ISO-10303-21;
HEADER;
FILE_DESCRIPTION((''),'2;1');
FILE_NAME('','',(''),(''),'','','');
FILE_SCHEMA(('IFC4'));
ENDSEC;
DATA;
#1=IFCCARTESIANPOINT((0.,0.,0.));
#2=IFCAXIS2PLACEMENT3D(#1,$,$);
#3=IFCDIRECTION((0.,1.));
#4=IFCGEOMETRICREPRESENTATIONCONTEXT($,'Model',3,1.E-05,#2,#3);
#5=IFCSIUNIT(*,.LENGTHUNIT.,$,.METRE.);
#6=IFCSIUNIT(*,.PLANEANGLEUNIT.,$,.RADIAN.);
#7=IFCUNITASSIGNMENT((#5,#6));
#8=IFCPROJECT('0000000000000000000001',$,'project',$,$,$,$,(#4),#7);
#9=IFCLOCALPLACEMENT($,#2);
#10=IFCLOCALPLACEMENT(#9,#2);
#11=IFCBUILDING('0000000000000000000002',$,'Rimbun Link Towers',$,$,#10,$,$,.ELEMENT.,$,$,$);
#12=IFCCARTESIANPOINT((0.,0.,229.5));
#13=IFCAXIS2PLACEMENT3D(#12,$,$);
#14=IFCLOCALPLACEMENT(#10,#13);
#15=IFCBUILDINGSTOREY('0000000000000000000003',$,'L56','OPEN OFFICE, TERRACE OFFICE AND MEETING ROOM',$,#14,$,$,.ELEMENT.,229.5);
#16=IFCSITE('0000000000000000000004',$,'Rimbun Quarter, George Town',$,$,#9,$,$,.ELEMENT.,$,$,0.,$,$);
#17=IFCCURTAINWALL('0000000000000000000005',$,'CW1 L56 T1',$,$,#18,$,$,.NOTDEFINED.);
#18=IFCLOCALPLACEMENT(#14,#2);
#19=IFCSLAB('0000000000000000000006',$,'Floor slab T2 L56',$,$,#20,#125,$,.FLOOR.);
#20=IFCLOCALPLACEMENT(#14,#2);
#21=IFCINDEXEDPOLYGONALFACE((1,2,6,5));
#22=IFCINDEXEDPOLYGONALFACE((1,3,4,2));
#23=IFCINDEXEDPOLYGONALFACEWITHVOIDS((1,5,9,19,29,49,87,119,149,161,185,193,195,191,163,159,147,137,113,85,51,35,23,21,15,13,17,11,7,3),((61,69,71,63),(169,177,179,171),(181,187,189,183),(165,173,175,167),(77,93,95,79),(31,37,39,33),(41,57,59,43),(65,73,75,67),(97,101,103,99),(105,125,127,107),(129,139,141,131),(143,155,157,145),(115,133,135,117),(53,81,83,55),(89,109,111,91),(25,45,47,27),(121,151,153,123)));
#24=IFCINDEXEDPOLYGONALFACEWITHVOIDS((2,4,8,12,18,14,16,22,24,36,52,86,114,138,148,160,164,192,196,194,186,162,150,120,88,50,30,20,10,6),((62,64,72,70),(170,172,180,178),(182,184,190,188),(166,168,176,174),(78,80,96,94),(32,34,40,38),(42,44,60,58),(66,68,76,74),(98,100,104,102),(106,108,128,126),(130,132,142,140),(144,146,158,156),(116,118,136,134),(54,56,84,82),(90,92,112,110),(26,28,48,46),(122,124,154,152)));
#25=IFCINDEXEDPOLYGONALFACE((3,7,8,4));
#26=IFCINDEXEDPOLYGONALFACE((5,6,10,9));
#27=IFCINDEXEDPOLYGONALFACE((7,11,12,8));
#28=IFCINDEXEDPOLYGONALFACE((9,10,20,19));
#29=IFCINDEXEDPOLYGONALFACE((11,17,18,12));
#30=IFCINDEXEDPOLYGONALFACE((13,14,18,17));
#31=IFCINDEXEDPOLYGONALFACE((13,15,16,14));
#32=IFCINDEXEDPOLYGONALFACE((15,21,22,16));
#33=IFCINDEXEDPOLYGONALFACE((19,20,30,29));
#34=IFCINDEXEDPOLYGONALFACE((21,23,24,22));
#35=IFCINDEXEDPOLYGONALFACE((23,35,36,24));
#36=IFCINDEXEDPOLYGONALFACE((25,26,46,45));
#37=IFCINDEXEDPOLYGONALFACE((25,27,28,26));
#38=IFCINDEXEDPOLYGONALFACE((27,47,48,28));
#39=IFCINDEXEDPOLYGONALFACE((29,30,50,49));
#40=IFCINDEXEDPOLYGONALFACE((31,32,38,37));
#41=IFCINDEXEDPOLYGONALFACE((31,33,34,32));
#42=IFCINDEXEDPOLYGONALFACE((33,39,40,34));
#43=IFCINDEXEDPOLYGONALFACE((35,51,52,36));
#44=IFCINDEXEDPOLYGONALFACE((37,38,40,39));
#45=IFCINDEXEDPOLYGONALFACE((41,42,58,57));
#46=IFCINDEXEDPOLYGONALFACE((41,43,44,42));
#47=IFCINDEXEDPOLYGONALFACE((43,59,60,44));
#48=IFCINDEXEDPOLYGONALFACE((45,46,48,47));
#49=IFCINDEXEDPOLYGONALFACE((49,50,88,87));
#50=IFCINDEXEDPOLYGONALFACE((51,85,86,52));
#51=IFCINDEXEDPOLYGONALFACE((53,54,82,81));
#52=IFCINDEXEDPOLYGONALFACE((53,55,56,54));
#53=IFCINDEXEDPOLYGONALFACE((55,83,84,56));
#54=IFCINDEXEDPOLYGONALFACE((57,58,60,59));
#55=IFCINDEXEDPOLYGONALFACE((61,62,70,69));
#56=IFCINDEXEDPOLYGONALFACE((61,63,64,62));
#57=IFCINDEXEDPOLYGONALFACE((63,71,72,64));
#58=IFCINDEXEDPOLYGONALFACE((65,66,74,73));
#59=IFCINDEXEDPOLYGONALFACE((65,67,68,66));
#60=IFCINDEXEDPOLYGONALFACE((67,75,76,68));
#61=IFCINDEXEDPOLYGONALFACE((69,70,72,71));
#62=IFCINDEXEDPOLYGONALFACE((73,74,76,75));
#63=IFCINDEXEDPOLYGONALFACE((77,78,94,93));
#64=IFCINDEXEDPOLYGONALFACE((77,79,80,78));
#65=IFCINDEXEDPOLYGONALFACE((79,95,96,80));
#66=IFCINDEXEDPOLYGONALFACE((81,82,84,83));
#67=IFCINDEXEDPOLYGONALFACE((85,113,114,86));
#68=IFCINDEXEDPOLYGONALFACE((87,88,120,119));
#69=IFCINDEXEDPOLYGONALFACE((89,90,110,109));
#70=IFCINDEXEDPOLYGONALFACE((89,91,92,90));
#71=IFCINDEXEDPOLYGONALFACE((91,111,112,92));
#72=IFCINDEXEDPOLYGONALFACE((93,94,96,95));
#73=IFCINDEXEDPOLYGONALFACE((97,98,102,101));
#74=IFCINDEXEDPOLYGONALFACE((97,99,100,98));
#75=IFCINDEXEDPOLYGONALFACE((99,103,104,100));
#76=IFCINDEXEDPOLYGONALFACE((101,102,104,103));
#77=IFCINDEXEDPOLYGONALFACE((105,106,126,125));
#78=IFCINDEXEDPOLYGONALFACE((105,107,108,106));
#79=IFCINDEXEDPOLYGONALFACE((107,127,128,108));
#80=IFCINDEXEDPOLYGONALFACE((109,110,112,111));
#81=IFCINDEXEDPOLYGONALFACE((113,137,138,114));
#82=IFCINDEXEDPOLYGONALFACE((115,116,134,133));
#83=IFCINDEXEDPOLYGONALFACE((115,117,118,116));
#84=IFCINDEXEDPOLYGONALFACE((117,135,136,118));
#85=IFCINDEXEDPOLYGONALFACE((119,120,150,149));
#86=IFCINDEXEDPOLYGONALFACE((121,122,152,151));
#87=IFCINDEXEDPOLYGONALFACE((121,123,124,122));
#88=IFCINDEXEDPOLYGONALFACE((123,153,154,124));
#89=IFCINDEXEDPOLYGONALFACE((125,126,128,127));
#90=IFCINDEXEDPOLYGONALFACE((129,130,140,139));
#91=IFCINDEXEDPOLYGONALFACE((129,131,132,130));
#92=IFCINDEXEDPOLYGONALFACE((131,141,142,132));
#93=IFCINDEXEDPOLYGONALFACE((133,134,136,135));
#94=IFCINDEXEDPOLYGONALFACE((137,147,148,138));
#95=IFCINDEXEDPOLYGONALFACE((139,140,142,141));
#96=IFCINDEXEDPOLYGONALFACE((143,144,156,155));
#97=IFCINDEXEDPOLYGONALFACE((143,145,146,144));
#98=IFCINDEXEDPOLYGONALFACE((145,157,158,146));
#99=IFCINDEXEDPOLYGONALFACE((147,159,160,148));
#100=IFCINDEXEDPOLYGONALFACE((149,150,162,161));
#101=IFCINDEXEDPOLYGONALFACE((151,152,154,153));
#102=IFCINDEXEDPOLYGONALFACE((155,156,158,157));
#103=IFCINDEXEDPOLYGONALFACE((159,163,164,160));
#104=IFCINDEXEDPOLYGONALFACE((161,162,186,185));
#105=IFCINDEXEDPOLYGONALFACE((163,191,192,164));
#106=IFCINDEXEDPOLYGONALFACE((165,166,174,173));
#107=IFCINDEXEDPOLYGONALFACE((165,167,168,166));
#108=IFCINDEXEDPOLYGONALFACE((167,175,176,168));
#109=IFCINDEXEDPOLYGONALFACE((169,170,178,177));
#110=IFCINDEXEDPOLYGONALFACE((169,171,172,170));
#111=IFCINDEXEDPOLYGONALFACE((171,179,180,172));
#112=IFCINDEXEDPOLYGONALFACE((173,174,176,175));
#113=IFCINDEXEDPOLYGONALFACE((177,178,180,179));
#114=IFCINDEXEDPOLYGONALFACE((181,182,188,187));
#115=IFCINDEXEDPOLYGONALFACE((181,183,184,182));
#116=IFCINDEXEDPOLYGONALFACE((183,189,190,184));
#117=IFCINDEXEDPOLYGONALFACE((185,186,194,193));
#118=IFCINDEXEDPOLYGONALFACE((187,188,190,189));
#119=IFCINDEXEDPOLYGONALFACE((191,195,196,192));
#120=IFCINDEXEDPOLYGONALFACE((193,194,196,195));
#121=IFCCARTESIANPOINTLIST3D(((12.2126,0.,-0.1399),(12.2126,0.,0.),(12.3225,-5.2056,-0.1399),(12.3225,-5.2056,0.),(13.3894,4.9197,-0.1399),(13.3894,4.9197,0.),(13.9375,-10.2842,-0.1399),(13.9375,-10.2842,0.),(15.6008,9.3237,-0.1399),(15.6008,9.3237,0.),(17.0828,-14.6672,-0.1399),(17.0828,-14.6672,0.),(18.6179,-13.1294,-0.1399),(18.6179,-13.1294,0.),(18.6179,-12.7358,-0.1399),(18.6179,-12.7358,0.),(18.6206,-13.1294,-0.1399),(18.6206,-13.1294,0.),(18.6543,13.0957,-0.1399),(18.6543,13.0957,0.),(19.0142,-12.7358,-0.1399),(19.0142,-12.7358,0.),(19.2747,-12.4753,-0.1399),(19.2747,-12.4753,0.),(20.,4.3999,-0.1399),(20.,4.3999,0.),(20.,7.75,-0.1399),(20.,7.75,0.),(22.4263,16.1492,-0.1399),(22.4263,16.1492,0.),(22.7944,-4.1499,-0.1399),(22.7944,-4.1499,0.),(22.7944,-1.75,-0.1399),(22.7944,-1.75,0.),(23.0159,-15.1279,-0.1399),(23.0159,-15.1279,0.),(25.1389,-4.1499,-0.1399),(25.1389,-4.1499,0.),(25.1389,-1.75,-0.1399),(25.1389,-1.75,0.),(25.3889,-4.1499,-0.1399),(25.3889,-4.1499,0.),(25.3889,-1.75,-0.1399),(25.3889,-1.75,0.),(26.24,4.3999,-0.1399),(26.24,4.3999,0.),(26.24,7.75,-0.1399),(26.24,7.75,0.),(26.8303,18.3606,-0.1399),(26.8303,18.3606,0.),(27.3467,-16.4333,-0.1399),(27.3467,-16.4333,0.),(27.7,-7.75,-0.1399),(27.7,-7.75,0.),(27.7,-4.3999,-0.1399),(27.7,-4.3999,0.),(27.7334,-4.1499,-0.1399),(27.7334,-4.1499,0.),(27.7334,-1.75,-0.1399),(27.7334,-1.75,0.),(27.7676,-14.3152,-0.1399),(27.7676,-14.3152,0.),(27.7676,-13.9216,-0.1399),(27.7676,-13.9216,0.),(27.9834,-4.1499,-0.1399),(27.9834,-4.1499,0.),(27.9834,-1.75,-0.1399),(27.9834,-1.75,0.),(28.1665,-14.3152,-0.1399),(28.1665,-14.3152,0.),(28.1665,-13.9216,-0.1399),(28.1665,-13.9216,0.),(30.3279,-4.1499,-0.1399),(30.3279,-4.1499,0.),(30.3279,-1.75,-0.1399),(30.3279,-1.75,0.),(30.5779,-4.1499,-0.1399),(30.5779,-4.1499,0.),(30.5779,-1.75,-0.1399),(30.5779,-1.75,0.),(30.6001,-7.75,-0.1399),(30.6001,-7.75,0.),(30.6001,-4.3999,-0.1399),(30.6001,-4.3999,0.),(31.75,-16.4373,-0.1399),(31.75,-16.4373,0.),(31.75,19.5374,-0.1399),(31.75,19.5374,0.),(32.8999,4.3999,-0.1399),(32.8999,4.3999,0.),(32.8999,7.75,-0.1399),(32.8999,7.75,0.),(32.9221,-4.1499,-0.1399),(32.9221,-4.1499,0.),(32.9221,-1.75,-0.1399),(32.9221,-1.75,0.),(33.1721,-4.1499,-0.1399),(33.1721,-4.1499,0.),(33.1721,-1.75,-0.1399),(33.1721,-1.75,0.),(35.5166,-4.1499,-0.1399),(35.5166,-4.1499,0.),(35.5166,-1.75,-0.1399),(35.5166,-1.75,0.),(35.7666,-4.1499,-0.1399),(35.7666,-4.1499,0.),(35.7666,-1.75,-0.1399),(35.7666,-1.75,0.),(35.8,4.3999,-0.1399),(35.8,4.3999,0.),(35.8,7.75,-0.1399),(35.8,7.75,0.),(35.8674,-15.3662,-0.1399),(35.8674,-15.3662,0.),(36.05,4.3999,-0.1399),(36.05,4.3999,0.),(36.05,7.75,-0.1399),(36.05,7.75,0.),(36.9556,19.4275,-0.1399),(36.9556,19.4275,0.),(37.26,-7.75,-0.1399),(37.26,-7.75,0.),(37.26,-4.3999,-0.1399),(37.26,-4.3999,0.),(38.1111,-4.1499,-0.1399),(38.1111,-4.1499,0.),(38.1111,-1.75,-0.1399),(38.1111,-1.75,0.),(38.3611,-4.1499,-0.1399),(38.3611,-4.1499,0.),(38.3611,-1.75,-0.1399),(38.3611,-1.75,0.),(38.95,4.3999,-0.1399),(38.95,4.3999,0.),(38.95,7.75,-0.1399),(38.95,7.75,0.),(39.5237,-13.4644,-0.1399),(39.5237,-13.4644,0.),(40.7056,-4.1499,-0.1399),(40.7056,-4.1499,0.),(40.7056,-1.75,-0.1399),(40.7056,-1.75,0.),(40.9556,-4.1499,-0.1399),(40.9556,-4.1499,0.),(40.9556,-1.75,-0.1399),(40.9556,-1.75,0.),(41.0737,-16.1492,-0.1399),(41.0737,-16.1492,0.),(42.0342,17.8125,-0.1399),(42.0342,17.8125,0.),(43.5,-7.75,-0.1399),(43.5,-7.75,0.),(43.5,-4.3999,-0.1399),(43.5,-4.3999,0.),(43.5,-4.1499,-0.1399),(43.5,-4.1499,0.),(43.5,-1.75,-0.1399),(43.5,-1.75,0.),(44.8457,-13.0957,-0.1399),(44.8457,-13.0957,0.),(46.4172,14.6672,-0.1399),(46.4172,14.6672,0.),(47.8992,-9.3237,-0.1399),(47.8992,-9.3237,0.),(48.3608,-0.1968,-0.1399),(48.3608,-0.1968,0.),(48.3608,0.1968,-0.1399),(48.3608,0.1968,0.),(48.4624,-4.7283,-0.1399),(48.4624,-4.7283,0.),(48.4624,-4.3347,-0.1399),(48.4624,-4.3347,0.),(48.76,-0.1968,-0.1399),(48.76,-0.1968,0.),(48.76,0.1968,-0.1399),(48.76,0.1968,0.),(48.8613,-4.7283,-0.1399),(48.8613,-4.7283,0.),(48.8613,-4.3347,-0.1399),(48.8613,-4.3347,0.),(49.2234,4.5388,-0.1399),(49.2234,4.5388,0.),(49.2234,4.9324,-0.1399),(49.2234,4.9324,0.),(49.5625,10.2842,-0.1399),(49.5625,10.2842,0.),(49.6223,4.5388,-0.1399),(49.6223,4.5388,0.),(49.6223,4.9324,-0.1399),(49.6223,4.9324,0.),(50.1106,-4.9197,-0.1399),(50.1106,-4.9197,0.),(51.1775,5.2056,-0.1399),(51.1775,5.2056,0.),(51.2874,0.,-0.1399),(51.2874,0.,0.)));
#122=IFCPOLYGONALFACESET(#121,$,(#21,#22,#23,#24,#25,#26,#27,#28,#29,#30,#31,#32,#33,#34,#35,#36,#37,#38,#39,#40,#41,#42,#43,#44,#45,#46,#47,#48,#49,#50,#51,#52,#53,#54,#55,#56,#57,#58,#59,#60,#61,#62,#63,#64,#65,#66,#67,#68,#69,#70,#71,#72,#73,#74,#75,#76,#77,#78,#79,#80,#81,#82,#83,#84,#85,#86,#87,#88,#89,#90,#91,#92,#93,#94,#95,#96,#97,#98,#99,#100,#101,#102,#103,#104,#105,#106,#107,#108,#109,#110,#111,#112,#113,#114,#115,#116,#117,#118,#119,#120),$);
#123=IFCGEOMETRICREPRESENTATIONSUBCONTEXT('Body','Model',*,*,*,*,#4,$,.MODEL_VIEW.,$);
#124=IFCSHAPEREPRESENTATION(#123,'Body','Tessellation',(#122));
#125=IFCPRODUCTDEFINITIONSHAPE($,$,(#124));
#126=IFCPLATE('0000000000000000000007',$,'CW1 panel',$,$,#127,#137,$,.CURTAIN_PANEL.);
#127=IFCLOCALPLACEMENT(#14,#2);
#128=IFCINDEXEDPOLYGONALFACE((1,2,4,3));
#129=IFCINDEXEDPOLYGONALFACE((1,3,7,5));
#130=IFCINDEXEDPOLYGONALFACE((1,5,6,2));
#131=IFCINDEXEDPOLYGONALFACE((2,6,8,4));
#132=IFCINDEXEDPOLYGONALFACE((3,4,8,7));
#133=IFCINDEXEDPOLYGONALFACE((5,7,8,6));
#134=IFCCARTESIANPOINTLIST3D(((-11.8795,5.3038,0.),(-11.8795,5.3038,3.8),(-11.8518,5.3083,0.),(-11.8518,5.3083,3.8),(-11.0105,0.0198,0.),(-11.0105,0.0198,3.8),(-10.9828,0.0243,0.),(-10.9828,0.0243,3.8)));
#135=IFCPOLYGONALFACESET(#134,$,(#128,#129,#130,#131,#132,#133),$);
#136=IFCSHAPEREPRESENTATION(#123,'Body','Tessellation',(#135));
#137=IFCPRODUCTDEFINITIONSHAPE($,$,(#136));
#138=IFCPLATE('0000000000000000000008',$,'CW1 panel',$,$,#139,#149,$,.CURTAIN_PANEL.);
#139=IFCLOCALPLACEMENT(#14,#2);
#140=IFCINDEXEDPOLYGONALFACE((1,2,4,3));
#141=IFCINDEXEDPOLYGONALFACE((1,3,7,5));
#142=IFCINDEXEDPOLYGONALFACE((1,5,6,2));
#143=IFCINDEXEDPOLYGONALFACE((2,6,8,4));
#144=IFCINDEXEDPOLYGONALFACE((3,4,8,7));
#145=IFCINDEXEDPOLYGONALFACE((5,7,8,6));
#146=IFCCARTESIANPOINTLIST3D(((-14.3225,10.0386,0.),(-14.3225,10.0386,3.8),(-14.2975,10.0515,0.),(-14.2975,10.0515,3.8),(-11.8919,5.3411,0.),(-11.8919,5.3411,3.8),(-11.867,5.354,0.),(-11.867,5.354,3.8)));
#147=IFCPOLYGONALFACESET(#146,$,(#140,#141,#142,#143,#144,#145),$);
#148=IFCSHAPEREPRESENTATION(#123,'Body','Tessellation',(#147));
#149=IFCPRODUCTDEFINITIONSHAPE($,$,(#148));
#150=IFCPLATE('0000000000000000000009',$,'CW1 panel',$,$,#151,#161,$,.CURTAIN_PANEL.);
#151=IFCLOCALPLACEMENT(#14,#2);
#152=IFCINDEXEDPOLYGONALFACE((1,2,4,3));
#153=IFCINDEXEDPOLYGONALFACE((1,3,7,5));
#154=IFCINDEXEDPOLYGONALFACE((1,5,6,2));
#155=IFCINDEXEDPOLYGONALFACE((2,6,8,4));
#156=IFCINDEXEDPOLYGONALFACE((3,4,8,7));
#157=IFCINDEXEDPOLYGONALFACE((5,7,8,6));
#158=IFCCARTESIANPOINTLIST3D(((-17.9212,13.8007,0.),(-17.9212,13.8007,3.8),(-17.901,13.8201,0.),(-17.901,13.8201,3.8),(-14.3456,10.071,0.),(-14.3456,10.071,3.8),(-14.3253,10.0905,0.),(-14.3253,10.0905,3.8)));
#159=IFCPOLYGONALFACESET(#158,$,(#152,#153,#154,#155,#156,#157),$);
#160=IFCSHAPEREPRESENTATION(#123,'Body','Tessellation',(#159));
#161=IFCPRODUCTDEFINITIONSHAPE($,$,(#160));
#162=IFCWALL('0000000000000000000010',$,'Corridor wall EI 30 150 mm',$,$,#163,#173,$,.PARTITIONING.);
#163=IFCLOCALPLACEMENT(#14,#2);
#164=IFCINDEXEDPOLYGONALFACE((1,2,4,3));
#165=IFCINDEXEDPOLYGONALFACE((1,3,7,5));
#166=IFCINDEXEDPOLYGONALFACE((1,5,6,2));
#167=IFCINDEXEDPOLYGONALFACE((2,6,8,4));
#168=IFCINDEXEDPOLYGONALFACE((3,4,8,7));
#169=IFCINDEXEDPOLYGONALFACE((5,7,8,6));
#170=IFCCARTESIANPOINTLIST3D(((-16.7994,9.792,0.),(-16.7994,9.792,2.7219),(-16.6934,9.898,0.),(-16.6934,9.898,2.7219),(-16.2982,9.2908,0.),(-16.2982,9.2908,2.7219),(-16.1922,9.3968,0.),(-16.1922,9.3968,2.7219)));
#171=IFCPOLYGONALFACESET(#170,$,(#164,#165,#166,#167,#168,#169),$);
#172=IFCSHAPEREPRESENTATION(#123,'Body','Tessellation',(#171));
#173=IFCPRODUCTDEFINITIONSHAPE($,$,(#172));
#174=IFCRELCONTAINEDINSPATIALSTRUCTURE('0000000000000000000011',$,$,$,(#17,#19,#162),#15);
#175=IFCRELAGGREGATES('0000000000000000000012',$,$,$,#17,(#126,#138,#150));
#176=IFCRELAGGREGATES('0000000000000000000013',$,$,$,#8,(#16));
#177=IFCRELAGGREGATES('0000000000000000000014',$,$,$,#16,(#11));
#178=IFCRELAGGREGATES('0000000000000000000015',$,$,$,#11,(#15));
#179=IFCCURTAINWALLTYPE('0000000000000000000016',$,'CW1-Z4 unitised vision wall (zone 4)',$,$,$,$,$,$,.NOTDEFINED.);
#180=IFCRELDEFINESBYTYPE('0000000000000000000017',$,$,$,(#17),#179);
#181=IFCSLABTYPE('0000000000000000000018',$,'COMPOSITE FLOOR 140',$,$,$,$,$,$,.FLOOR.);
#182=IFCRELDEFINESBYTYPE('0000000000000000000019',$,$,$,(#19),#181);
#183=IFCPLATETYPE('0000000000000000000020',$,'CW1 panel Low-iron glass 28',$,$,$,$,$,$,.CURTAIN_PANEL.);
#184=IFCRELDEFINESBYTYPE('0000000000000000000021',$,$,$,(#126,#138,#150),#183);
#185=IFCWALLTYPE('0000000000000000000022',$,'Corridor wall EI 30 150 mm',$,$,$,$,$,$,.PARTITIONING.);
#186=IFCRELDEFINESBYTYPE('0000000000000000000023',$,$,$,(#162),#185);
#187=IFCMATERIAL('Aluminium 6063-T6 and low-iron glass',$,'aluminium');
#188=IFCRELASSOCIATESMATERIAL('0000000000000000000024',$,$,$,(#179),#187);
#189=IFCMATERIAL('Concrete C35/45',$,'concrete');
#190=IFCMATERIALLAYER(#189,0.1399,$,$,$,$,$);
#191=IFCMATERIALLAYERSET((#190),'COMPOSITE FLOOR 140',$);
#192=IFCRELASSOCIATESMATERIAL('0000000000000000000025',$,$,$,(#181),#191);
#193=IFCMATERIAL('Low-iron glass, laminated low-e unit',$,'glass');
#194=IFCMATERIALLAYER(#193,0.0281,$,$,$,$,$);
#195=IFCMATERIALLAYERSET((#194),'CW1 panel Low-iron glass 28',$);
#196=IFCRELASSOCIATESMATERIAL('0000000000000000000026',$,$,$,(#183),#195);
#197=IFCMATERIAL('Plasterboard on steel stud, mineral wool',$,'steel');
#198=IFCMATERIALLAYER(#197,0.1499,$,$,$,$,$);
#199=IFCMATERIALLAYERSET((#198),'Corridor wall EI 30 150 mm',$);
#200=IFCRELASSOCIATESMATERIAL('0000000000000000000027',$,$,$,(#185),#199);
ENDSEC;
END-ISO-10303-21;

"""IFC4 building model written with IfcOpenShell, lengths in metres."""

from ifc_helpers import new_model, si_unit, direction, frame, frame_2d, origin, origin_2d, place, context, subcontext, project, spatial, polyline, rectangle, outline, extrude, material, layer, layer_set, type_object, element, aggregate, save


model = new_model("IFC4")

# Units and contexts
model_context = context("Model", 3, precision=1e-05, world=origin(), true_north=direction((0.0, 1.0)))
body_context = subcontext(model_context, "Body", "Model", "MODEL_VIEW")
ifc_project = project(units=[si_unit("LENGTHUNIT", "METRE"), si_unit("PLANEANGLEUNIT", "RADIAN")], contexts=[model_context])

# Site, building, storey
site_placement = place(None, origin())
site = spatial("IfcSite", under=ifc_project, at=site_placement, Name="Rimbun Quarter, George Town", CompositionType="ELEMENT", RefElevation=0.0)
building_placement = place(site_placement, origin())
building = spatial("IfcBuilding", under=site, at=building_placement, Name="Rimbun Link Towers", CompositionType="ELEMENT")
storey_placement = place(building_placement, frame((0.0, 0.0, 229.5)))
storey = spatial("IfcBuildingStorey", under=building, at=storey_placement, Name="L56", Description="OPEN OFFICE, TERRACE OFFICE AND MEETING ROOM", CompositionType="ELEMENT", Elevation=229.5)

# Curtain wall
ifc_material_1 = material(Name="Aluminium 6063-T6 and low-iron glass", Category="aluminium")
curtain_wall_type = type_object("IfcCurtainWallType", Name="CW1-Z4 unitised vision wall (zone 4)", PredefinedType="NOTDEFINED", material=ifc_material_1)
curtain_wall_placement = place(storey_placement, origin())
curtain_wall = element("IfcCurtainWall", 1, at=curtain_wall_placement, inside=storey, type_object=curtain_wall_type, Name="CW1 L56 T1", PredefinedType="NOTDEFINED")

# Slab
ifc_material_2 = material(Name="Concrete C35/45", Category="concrete")
ifc_layer_1 = layer(ifc_material_2, 0.1399)
ifc_layer_set_1 = layer_set([ifc_layer_1], Name="COMPOSITE FLOOR 140")
slab_type = type_object("IfcSlabType", Name="COMPOSITE FLOOR 140", PredefinedType="FLOOR", material=ifc_layer_set_1)
slab_placement = place(storey_placement, frame((0.0, 0.0, -0.1399)))
element("IfcSlab", 2, at=slab_placement, inside=storey, type_object=slab_type, Name="Floor slab T2 L56", PredefinedType="FLOOR", context=body_context, shape_type="SweptSolid", body=[
    extrude(outline(polyline([(17.0828, -14.6672), (13.9375, -10.2842), (12.3225, -5.2056), (12.2126, 0.0), (13.3894, 4.9197), (15.6008, 9.3237), (18.6543, 13.0957), (22.4263, 16.1492), (26.8303, 18.3606), (31.75, 19.5374), (36.9556, 19.4275), (42.0342, 17.8125), (46.4172, 14.6672), (49.5625, 10.2842), (51.1775, 5.2056), (51.2874, 0.0), (50.1106, -4.9197), (47.8992, -9.3237), (44.8457, -13.0957), (41.0737, -16.1492), (39.5237, -13.4644), (35.8674, -15.3662), (31.75, -16.4373), (27.3467, -16.4333), (23.0159, -15.1279), (19.2747, -12.4753), (19.0142, -12.7358), (18.6179, -12.7358), (18.6179, -13.1294), (18.6206, -13.1294), (17.0828, -14.6672)]), holes=[polyline([(28.1665, -14.3152), (28.1665, -13.9216), (27.7676, -13.9216), (27.7676, -14.3152), (28.1665, -14.3152)]), polyline([(30.6001, -7.75), (30.6001, -4.3999), (27.7, -4.3999), (27.7, -7.75), (30.6001, -7.75)]), polyline([(25.1389, -4.1499), (25.1389, -1.75), (22.7944, -1.75), (22.7944, -4.1499), (25.1389, -4.1499)]), polyline([(27.7334, -4.1499), (27.7334, -1.75), (25.3889, -1.75), (25.3889, -4.1499), (27.7334, -4.1499)]), polyline([(30.3279, -4.1499), (30.3279, -1.75), (27.9834, -1.75), (27.9834, -4.1499), (30.3279, -4.1499)]), polyline([(32.9221, -4.1499), (32.9221, -1.75), (30.5779, -1.75), (30.5779, -4.1499), (32.9221, -4.1499)]), polyline([(33.1721, -4.1499), (35.5166, -4.1499), (35.5166, -1.75), (33.1721, -1.75), (33.1721, -4.1499)]), polyline([(20.0, 4.3999), (26.24, 4.3999), (26.24, 7.75), (20.0, 7.75), (20.0, 4.3999)]), polyline([(43.5, -7.75), (43.5, -4.3999), (37.26, -4.3999), (37.26, -7.75), (43.5, -7.75)]), polyline([(48.8613, -4.7283), (48.8613, -4.3347), (48.4624, -4.3347), (48.4624, -4.7283), (48.8613, -4.7283)]), polyline([(38.1111, -4.1499), (38.1111, -1.75), (35.7666, -1.75), (35.7666, -4.1499), (38.1111, -4.1499)]), polyline([(40.7056, -4.1499), (40.7056, -1.75), (38.3611, -1.75), (38.3611, -4.1499), (40.7056, -4.1499)]), polyline([(43.5, -4.1499), (43.5, -1.75), (40.9556, -1.75), (40.9556, -4.1499), (43.5, -4.1499)]), polyline([(48.76, -0.1968), (48.76, 0.1968), (48.3608, 0.1968), (48.3608, -0.1968), (48.76, -0.1968)]), polyline([(49.6223, 4.5388), (49.6223, 4.9324), (49.2234, 4.9324), (49.2234, 4.5388), (49.6223, 4.5388)]), polyline([(32.8999, 4.3999), (35.8, 4.3999), (35.8, 7.75), (32.8999, 7.75), (32.8999, 4.3999)]), polyline([(36.05, 4.3999), (38.95, 4.3999), (38.95, 7.75), (36.05, 7.75), (36.05, 4.3999)])]), origin(), (0.0, 0.0, 1.0), 0.1399),
])

# Plates
ifc_material_3 = material(Name="Low-iron glass, laminated low-e unit", Category="glass")
ifc_layer_2 = layer(ifc_material_3, 0.0281)
ifc_layer_set_2 = layer_set([ifc_layer_2], Name="CW1 panel Low-iron glass 28")
plate_type = type_object("IfcPlateType", Name="CW1 panel Low-iron glass 28", PredefinedType="CURTAIN_PANEL", material=ifc_layer_set_2)
plate_1_placement = place(storey_placement, frame((-11.4312, 2.6641, 0.0), z_axis=(0.0, 0.0, 1.0), x_axis=(0.162264, -0.986747, 0.0)))
plate_1 = element("IfcPlate", 3, at=plate_1_placement, type_object=plate_type, Name="CW1 panel", PredefinedType="CURTAIN_PANEL", context=body_context, shape_type="SweptSolid", body=[
    extrude(rectangle(XDim=5.355, YDim=0.0281, at=origin_2d()), origin(), (0.0, 0.0, 1.0), 3.8),
])
plate_2_placement = place(storey_placement, frame((-13.0947, 7.6963, 0.0), z_axis=(0.0, 0.0, 1.0), x_axis=(0.459548, -0.888153, 0.0)))
plate_2 = element("IfcPlate", 4, at=plate_2_placement, type_object=plate_type, Name="CW1 panel", PredefinedType="CURTAIN_PANEL", context=body_context, shape_type="SweptSolid", body=[
    extrude(rectangle(XDim=5.2891, YDim=0.0281, at=origin_2d()), origin(), (0.0, 0.0, 1.0), 3.8),
])
plate_3_placement = place(storey_placement, frame((-16.1233, 11.9456, 0.0), z_axis=(0.0, 0.0, 1.0), x_axis=(0.692046, -0.721853, 0.0)))
plate_3 = element("IfcPlate", 5, at=plate_3_placement, type_object=plate_type, Name="CW1 panel", PredefinedType="CURTAIN_PANEL", context=body_context, shape_type="SweptSolid", body=[
    extrude(rectangle(XDim=5.1667, YDim=0.0281, at=origin_2d()), origin(), (0.0, 0.0, 1.0), 3.8),
])
aggregate(curtain_wall, [plate_1, plate_2, plate_3])

# Wall
ifc_material_4 = material(Name="Plasterboard on steel stud, mineral wool", Category="steel")
ifc_layer_3 = layer(ifc_material_4, 0.1499)
ifc_layer_set_3 = layer_set([ifc_layer_3], Name="Corridor wall EI 30 150 mm")
wall_type_1 = type_object("IfcWallType", Name="Corridor wall EI 30 150 mm", PredefinedType="PARTITIONING", material=ifc_layer_set_3)
wall_1_placement = place(storey_placement, frame((-16.2451, 9.3438, 0.0), z_axis=(0.0, 0.0, 1.0), x_axis=(-0.707107, 0.707107, 0.0)))
element("IfcWall", 6, at=wall_1_placement, inside=storey, type_object=wall_type_1, Name="Corridor wall EI 30 150 mm", PredefinedType="PARTITIONING", context=body_context, shape_type="SweptSolid", body=[
    extrude(rectangle(XDim=0.7087, YDim=0.1499, at=frame_2d((0.3545, 0.0))), origin(), (0.0, 0.0, 1.0), 2.7219),
])

save(model, "model.ifc")
